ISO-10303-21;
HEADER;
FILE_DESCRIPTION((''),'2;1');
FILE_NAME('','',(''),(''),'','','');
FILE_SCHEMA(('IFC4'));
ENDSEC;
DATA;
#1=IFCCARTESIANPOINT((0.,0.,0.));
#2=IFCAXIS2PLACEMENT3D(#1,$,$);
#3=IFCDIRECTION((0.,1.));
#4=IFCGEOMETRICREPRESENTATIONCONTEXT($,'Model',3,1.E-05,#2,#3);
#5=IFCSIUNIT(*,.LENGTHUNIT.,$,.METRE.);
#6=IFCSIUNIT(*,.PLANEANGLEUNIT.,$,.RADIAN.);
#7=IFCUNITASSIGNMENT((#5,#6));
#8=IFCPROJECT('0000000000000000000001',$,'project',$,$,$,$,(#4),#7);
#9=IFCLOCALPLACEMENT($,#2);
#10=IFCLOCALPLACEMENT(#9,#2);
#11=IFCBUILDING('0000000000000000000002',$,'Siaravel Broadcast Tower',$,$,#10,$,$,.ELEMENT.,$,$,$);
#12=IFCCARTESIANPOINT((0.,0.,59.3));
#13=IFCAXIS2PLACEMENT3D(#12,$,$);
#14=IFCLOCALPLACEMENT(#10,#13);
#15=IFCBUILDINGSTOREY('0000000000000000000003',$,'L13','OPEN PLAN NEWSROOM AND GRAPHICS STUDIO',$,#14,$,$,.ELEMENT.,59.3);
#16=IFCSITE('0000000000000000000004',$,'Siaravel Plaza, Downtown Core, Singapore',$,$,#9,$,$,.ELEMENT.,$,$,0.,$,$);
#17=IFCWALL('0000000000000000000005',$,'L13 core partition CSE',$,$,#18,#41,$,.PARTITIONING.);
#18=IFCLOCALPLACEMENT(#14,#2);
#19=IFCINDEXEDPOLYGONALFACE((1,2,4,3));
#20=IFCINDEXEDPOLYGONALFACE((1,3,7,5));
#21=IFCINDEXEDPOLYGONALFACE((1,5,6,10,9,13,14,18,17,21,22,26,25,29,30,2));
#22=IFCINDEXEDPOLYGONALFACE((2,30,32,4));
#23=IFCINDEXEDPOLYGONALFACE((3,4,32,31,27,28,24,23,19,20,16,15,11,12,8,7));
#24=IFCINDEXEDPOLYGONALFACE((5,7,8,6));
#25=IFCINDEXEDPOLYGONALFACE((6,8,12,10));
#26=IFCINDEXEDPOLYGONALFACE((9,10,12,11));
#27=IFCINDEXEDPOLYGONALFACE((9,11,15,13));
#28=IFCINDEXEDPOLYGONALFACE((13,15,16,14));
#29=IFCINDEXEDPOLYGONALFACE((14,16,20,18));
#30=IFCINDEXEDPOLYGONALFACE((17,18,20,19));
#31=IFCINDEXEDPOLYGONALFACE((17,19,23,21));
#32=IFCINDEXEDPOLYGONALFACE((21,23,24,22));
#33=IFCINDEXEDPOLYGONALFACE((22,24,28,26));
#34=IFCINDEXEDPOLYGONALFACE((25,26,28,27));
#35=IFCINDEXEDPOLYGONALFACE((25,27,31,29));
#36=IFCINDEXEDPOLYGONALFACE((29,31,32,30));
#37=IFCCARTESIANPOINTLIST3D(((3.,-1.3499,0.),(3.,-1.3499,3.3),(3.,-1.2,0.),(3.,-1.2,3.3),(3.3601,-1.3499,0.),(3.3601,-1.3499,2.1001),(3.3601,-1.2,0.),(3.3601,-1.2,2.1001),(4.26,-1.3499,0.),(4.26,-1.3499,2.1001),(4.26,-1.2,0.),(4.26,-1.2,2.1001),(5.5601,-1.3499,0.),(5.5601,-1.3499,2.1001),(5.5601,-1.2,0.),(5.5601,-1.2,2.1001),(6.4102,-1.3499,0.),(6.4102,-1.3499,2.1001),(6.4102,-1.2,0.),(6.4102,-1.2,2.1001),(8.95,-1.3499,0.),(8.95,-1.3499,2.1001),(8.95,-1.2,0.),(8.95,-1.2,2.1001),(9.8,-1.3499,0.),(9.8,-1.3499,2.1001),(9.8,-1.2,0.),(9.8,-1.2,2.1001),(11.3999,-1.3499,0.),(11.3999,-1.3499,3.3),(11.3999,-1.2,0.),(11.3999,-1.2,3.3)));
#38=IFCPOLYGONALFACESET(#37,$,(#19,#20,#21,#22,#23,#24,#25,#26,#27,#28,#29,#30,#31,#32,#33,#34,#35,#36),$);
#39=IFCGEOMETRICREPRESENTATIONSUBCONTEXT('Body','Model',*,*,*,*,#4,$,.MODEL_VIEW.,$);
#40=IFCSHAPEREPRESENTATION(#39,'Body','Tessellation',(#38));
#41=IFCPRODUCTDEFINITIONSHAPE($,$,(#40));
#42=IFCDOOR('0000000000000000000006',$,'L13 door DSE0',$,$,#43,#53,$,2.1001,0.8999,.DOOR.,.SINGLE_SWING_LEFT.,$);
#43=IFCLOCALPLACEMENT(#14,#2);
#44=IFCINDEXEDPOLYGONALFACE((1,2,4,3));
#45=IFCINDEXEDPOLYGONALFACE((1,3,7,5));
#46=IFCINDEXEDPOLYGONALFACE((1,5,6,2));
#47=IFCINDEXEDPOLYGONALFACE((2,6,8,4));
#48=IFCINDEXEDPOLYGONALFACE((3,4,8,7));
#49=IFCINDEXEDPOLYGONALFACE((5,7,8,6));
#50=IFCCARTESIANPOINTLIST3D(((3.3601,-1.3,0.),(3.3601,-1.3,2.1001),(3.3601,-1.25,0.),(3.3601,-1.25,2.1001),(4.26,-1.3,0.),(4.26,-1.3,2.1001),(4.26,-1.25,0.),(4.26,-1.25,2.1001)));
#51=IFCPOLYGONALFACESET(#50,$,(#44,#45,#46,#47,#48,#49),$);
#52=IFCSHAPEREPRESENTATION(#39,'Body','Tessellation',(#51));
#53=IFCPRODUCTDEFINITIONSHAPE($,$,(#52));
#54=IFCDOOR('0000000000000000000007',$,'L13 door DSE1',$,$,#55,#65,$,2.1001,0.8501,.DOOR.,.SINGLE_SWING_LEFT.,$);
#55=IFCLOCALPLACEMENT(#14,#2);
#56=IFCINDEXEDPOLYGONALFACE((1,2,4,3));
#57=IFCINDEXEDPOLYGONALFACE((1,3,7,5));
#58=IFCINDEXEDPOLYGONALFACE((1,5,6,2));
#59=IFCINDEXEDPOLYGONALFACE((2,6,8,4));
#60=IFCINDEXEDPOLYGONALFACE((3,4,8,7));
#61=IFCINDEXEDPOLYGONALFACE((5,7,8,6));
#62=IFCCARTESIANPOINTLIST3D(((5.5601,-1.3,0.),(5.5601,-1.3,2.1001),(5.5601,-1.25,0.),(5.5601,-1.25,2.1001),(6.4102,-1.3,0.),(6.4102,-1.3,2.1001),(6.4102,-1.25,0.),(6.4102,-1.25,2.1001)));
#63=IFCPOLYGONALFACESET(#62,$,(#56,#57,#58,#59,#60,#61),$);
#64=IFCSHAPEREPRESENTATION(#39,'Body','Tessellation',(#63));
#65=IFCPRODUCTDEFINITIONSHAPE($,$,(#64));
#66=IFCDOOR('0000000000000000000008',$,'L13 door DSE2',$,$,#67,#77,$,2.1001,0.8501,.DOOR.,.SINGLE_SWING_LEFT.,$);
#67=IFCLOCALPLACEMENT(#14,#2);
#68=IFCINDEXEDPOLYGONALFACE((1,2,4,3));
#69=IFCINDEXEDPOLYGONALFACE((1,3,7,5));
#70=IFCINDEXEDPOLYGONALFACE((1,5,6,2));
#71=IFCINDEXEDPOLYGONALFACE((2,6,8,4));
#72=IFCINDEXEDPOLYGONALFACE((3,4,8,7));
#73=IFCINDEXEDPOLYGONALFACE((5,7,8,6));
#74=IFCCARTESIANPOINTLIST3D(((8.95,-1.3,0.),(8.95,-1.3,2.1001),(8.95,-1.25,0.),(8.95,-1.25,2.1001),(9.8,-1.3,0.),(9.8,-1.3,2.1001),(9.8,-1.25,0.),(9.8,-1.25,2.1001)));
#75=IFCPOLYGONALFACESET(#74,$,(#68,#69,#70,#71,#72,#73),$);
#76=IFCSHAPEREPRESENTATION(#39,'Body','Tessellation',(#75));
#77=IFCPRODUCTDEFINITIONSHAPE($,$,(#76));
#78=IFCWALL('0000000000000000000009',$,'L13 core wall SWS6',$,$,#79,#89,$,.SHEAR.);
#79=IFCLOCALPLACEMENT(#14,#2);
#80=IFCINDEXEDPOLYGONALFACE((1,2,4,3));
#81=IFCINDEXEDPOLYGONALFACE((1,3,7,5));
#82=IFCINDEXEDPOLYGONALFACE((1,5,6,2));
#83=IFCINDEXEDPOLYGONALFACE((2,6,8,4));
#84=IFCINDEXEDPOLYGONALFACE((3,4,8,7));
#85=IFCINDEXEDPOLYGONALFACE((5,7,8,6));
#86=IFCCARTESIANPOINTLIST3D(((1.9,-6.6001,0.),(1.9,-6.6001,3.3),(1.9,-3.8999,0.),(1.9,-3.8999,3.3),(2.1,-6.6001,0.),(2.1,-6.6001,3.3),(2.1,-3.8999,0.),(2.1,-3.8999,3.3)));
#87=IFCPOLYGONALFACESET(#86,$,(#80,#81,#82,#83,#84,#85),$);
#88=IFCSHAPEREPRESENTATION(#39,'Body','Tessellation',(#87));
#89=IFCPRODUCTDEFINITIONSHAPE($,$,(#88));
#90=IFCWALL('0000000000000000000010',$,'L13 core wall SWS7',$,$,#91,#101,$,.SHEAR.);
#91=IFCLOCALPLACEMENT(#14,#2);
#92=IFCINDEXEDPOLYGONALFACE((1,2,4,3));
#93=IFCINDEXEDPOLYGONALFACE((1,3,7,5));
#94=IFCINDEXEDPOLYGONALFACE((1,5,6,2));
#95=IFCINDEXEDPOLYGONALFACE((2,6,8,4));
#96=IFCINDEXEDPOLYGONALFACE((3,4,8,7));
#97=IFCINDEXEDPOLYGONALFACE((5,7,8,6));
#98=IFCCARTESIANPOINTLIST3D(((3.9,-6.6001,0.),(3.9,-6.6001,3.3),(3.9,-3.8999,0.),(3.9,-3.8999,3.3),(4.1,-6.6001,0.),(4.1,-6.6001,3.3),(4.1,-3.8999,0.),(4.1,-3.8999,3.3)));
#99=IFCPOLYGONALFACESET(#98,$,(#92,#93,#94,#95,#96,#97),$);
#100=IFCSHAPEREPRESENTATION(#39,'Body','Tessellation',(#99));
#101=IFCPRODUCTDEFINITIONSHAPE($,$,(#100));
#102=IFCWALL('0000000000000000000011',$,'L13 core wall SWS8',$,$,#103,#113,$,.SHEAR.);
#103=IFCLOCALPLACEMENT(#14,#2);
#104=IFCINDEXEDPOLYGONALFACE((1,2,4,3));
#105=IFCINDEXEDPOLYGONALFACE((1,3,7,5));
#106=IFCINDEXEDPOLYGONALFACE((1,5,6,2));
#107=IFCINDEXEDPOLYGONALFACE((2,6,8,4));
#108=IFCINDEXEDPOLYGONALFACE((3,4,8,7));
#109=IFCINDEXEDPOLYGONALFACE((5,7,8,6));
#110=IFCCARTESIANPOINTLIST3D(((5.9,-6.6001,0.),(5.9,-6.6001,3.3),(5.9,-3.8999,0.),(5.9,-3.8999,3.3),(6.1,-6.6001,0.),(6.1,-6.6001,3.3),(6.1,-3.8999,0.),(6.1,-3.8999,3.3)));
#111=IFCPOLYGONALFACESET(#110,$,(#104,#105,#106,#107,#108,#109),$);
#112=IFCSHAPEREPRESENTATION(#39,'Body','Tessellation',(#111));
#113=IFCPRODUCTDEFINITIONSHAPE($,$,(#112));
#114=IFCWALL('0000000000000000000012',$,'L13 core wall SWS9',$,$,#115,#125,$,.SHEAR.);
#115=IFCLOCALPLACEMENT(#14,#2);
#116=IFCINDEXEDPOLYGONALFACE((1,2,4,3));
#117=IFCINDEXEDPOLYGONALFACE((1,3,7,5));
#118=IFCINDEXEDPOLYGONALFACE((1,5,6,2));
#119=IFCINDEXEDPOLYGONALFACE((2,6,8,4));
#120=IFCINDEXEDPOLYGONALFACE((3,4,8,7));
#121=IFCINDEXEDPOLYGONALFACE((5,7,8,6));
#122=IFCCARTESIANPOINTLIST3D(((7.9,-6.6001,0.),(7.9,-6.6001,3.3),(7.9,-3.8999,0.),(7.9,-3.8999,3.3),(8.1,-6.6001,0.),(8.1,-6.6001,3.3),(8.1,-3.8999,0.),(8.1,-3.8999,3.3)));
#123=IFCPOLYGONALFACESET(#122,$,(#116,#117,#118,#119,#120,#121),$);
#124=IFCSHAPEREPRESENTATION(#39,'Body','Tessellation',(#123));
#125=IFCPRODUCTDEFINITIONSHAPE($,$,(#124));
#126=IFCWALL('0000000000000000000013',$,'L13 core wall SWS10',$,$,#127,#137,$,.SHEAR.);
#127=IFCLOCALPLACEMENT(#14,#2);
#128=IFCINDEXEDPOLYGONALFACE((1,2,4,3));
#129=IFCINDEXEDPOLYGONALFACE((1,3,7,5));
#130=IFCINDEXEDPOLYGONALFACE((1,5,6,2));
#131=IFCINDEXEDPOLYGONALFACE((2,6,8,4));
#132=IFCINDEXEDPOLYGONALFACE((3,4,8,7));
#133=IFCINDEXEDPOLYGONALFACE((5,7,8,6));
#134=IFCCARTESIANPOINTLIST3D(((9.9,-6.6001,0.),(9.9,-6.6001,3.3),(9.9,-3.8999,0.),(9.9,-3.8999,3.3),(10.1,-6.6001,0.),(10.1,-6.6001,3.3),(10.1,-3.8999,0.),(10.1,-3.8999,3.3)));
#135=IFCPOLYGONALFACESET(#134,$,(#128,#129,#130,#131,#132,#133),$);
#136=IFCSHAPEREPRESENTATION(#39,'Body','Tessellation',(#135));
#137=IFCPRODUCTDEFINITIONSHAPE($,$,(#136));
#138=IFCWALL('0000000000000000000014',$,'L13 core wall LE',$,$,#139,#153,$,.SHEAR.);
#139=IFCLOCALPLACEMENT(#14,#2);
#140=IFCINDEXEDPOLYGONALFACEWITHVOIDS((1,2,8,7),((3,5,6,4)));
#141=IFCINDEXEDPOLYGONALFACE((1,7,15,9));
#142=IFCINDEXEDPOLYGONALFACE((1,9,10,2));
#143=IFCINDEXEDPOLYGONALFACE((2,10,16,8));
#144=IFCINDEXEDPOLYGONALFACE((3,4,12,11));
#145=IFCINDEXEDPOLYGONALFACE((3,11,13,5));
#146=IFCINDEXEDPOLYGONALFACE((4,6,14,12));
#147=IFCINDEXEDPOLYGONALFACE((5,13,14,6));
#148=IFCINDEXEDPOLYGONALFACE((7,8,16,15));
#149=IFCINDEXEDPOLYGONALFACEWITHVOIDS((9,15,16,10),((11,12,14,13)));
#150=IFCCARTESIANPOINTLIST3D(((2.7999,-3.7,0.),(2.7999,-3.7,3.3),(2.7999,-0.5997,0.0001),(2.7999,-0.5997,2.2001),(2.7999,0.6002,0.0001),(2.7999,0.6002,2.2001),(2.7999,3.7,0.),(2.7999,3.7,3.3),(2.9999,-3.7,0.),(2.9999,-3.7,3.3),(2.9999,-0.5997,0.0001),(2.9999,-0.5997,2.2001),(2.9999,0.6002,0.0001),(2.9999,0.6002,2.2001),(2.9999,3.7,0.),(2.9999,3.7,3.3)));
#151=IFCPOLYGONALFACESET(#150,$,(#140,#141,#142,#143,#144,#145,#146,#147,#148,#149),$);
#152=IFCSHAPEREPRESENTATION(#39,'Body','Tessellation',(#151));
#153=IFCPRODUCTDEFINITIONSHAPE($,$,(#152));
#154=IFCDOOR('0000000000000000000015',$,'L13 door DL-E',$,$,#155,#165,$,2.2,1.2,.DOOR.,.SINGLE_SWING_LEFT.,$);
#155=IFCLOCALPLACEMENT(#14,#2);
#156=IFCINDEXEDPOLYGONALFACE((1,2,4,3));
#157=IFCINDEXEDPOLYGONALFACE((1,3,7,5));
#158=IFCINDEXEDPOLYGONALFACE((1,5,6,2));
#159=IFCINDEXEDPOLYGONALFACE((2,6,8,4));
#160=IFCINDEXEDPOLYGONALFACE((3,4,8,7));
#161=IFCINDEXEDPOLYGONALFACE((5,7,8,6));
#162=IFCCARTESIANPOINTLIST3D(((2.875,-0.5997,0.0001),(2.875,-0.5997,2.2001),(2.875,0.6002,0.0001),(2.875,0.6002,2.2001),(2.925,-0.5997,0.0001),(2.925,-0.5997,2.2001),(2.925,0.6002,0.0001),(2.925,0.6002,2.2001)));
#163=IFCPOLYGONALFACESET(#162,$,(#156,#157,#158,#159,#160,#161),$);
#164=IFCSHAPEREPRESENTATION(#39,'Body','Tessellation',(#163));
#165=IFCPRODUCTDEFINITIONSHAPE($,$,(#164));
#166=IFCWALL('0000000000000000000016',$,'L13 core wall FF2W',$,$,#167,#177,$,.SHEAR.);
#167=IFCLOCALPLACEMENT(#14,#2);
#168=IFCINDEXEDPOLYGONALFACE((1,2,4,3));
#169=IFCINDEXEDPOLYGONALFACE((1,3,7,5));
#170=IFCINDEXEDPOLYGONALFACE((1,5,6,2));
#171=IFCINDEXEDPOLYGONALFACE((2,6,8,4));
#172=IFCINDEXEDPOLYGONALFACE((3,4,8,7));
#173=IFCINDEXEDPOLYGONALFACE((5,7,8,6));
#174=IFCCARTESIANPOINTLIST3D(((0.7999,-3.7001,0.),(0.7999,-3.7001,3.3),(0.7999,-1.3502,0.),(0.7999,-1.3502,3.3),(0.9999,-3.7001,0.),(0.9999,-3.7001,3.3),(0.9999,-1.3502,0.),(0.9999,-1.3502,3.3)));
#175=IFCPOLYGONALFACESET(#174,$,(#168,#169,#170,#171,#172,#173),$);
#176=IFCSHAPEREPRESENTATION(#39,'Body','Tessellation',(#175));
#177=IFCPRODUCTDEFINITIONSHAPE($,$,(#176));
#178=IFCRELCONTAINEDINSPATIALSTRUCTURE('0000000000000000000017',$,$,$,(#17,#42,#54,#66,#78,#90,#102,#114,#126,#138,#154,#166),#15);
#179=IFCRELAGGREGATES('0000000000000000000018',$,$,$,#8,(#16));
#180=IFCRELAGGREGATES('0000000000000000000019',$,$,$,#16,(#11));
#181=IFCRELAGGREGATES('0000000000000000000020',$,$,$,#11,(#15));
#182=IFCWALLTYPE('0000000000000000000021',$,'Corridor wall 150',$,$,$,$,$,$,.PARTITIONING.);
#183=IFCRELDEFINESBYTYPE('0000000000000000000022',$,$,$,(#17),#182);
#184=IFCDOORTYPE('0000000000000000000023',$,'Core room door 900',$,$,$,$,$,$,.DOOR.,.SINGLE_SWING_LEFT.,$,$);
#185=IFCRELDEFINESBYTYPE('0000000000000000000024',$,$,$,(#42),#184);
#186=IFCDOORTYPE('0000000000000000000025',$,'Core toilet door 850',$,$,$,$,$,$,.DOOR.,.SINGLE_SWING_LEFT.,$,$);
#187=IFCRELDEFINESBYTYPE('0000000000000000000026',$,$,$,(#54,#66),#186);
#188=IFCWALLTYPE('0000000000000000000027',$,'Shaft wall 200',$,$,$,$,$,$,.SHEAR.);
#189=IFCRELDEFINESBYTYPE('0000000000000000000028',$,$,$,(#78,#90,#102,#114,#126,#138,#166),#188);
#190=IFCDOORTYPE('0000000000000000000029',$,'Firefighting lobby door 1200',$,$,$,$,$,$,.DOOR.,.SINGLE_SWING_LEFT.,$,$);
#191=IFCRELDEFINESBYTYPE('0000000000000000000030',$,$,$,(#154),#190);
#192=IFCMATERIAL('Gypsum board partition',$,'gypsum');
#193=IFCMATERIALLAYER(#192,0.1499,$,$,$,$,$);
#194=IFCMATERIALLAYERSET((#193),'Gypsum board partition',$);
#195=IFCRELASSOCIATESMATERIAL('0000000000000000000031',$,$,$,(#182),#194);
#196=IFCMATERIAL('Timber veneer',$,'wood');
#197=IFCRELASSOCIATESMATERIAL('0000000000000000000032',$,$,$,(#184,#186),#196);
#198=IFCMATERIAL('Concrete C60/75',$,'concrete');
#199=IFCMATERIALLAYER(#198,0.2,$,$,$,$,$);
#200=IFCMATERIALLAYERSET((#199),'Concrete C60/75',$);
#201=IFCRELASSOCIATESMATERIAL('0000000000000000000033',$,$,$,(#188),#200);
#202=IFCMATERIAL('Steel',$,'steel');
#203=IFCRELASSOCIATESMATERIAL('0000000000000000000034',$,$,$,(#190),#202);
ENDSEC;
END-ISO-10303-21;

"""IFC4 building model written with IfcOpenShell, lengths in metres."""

from ifc_helpers import new_model, si_unit, direction, frame, frame_2d, origin, place, context, subcontext, project, spatial, rectangle, extrude, material, layer, layer_set, type_object, element, fill, save


model = new_model("IFC4")

# Units and contexts
model_context = context("Model", 3, precision=1e-05, world=origin(), true_north=direction((0.0, 1.0)))
body_context = subcontext(model_context, "Body", "Model", "MODEL_VIEW")
ifc_project = project(units=[si_unit("LENGTHUNIT", "METRE"), si_unit("PLANEANGLEUNIT", "RADIAN")], contexts=[model_context])

# Site, building, storey
site_placement = place(None, origin())
site = spatial("IfcSite", under=ifc_project, at=site_placement, Name="Siaravel Plaza, Downtown Core, Singapore", CompositionType="ELEMENT", RefElevation=0.0)
building_placement = place(site_placement, origin())
building = spatial("IfcBuilding", under=site, at=building_placement, Name="Siaravel Broadcast Tower", CompositionType="ELEMENT")
storey_placement = place(building_placement, frame((0.0, 0.0, 59.3)))
storey = spatial("IfcBuildingStorey", under=building, at=storey_placement, Name="L13", Description="OPEN PLAN NEWSROOM AND GRAPHICS STUDIO", CompositionType="ELEMENT", Elevation=59.3)

# Wall, openings, doors
ifc_material_1 = material(Name="Gypsum board partition", Category="gypsum")
ifc_layer_1 = layer(ifc_material_1, 0.1499)
ifc_layer_set_1 = layer_set([ifc_layer_1], Name="Gypsum board partition")
wall_type_1 = type_object("IfcWallType", Name="Corridor wall 150", PredefinedType="PARTITIONING", material=ifc_layer_set_1)
wall_1_placement = place(storey_placement, frame((3.0, -1.2749, 0.0), z_axis=(0.0, 0.0, 1.0), x_axis=(1.0, 0.0, 0.0)))
wall_1 = element("IfcWall", 1, at=wall_1_placement, inside=storey, type_object=wall_type_1, Name="L13 core partition CSE", PredefinedType="PARTITIONING", context=body_context, shape_type="SweptSolid", body=[
    extrude(rectangle(XDim=8.3999, YDim=0.1499, at=frame_2d((4.2, 0.0))), origin(), (0.0, 0.0, 1.0), 3.3),
])
opening_1_placement = place(wall_1_placement, frame((0.3601, 0.0, 0.0)))
opening_1 = element("IfcOpeningElement", 2, at=opening_1_placement, cuts=wall_1, PredefinedType="OPENING", context=body_context, shape_type="SweptSolid", body=[
    extrude(rectangle(XDim=0.8999, YDim=2.1001, at=frame_2d((0.45, 1.05))), frame((0.0, 0.085, 0.0), z_axis=(0.0, -1.0, 0.0), x_axis=(1.0, 0.0, 0.0)), (0.0, 0.0, 1.0), 0.1699),
])
opening_2_placement = place(wall_1_placement, frame((2.5601, 0.0, 0.0)))
opening_2 = element("IfcOpeningElement", 3, at=opening_2_placement, cuts=wall_1, PredefinedType="OPENING", context=body_context, shape_type="SweptSolid", body=[
    extrude(rectangle(XDim=0.8501, YDim=2.1001, at=frame_2d((0.425, 1.05))), frame((0.0, 0.085, 0.0), z_axis=(0.0, -1.0, 0.0), x_axis=(1.0, 0.0, 0.0)), (0.0, 0.0, 1.0), 0.1699),
])
opening_3_placement = place(wall_1_placement, frame((5.95, 0.0, 0.0)))
opening_3 = element("IfcOpeningElement", 4, at=opening_3_placement, cuts=wall_1, PredefinedType="OPENING", context=body_context, shape_type="SweptSolid", body=[
    extrude(rectangle(XDim=0.8501, YDim=2.1001, at=frame_2d((0.425, 1.05))), frame((0.0, 0.085, 0.0), z_axis=(0.0, -1.0, 0.0), x_axis=(1.0, 0.0, 0.0)), (0.0, 0.0, 1.0), 0.1699),
])
ifc_material_2 = material(Name="Timber veneer", Category="wood")
door_type_1 = type_object("IfcDoorType", Name="Core room door 900", OperationType="SINGLE_SWING_LEFT", PredefinedType="DOOR", material=ifc_material_2)
door_1_placement = place(opening_1_placement, origin())
door_1 = element("IfcDoor", 5, at=door_1_placement, inside=storey, type_object=door_type_1, Name="L13 door DSE0", OperationType="SINGLE_SWING_LEFT", OverallHeight=2.1001, OverallWidth=0.8999, PredefinedType="DOOR", context=body_context, shape_type="SweptSolid", body=[
    extrude(rectangle(XDim=0.8999, YDim=2.1001, at=frame_2d((0.45, 1.05))), frame((0.0, 0.0249, 0.0), z_axis=(0.0, -1.0, 0.0), x_axis=(1.0, 0.0, 0.0)), (0.0, 0.0, 1.0), 0.05),
])
fill(opening_1, door_1)
door_type_2 = type_object("IfcDoorType", Name="Core toilet door 850", OperationType="SINGLE_SWING_LEFT", PredefinedType="DOOR", material=ifc_material_2)
door_2_placement = place(opening_2_placement, origin())
door_2 = element("IfcDoor", 6, at=door_2_placement, inside=storey, type_object=door_type_2, Name="L13 door DSE1", OperationType="SINGLE_SWING_LEFT", OverallHeight=2.1001, OverallWidth=0.8501, PredefinedType="DOOR", context=body_context, shape_type="SweptSolid", body=[
    extrude(rectangle(XDim=0.8501, YDim=2.1001, at=frame_2d((0.425, 1.05))), frame((0.0, 0.0249, 0.0), z_axis=(0.0, -1.0, 0.0), x_axis=(1.0, 0.0, 0.0)), (0.0, 0.0, 1.0), 0.05),
])
fill(opening_2, door_2)
door_3_placement = place(opening_3_placement, origin())
door_3 = element("IfcDoor", 7, at=door_3_placement, inside=storey, type_object=door_type_2, Name="L13 door DSE2", OperationType="SINGLE_SWING_LEFT", OverallHeight=2.1001, OverallWidth=0.8501, PredefinedType="DOOR", context=body_context, shape_type="SweptSolid", body=[
    extrude(rectangle(XDim=0.8501, YDim=2.1001, at=frame_2d((0.425, 1.05))), frame((0.0, 0.0249, 0.0), z_axis=(0.0, -1.0, 0.0), x_axis=(1.0, 0.0, 0.0)), (0.0, 0.0, 1.0), 0.05),
])
fill(opening_3, door_3)

# Walls
ifc_material_3 = material(Name="Concrete C60/75", Category="concrete")
ifc_layer_2 = layer(ifc_material_3, 0.2)
ifc_layer_set_2 = layer_set([ifc_layer_2], Name="Concrete C60/75")
wall_type_2 = type_object("IfcWallType", Name="Shaft wall 200", PredefinedType="SHEAR", material=ifc_layer_set_2)
for number, where, z_axis, x_axis, name in (
    (8, (2.0, -6.6001, 0.0), (0.0, 0.0, 1.0), (0.0, 1.0, 0.0), "L13 core wall SWS6"),
    (9, (4.0, -6.6001, 0.0), (0.0, 0.0, 1.0), (0.0, 1.0, 0.0), "L13 core wall SWS7"),
    (10, (6.0, -6.6001, 0.0), (0.0, 0.0, 1.0), (0.0, 1.0, 0.0), "L13 core wall SWS8"),
    (11, (8.0, -6.6001, 0.0), (0.0, 0.0, 1.0), (0.0, 1.0, 0.0), "L13 core wall SWS9"),
    (12, (10.0, -6.6001, 0.0), (0.0, 0.0, 1.0), (0.0, 1.0, 0.0), "L13 core wall SWS10"),
):
    element("IfcWall", number, at=place(storey_placement, frame(where, z_axis=z_axis, x_axis=x_axis)), inside=storey, type_object=wall_type_2, Name=name, PredefinedType="SHEAR", context=body_context, shape_type="SweptSolid", body=[
        extrude(rectangle(XDim=2.7002, YDim=0.2, at=frame_2d((1.3501, 0.0))), origin(), (0.0, 0.0, 1.0), 3.3),
    ])

# Wall, opening, door
wall_2_placement = place(storey_placement, frame((2.8999, -3.7, 0.0), z_axis=(0.0, 0.0, 1.0), x_axis=(0.0, 1.0, 0.0)))
wall_2 = element("IfcWall", 13, at=wall_2_placement, inside=storey, type_object=wall_type_2, Name="L13 core wall LE", PredefinedType="SHEAR", context=body_context, shape_type="SweptSolid", body=[
    extrude(rectangle(XDim=7.3999, YDim=0.2, at=frame_2d((3.7, 0.0))), origin(), (0.0, 0.0, 1.0), 3.3),
])
opening_4_placement = place(wall_2_placement, frame((3.1001, 0.0, 0.0)))
opening_4 = element("IfcOpeningElement", 14, at=opening_4_placement, cuts=wall_2, PredefinedType="OPENING", context=body_context, shape_type="SweptSolid", body=[
    extrude(rectangle(XDim=1.2, YDim=2.2, at=frame_2d((0.6001, 1.1001))), frame((0.0, 0.1099, 0.0), z_axis=(0.0, -1.0, 0.0), x_axis=(1.0, 0.0, 0.0)), (0.0, 0.0, 1.0), 0.22),
])
ifc_material_4 = material(Name="Steel", Category="steel")
door_type_3 = type_object("IfcDoorType", Name="Firefighting lobby door 1200", OperationType="SINGLE_SWING_LEFT", PredefinedType="DOOR", material=ifc_material_4)
door_4_placement = place(opening_4_placement, origin())
door_4 = element("IfcDoor", 15, at=door_4_placement, inside=storey, type_object=door_type_3, Name="L13 door DL-E", OperationType="SINGLE_SWING_LEFT", OverallHeight=2.2, OverallWidth=1.2, PredefinedType="DOOR", context=body_context, shape_type="SweptSolid", body=[
    extrude(rectangle(XDim=1.2, YDim=2.2, at=frame_2d((0.6001, 1.1001))), frame((0.0, 0.0249, 0.0), z_axis=(0.0, -1.0, 0.0), x_axis=(1.0, 0.0, 0.0)), (0.0, 0.0, 1.0), 0.05),
])
fill(opening_4, door_4)

# Wall
wall_3_placement = place(storey_placement, frame((0.8999, -3.7, 0.0), z_axis=(0.0, 0.0, 1.0), x_axis=(0.0, 1.0, 0.0)))
element("IfcWall", 16, at=wall_3_placement, inside=storey, type_object=wall_type_2, Name="L13 core wall FF2W", PredefinedType="SHEAR", context=body_context, shape_type="SweptSolid", body=[
    extrude(rectangle(XDim=2.3499, YDim=0.2, at=frame_2d((1.1748, 0.0))), origin(), (0.0, 0.0, 1.0), 3.3),
])

save(model, "model.ifc")
